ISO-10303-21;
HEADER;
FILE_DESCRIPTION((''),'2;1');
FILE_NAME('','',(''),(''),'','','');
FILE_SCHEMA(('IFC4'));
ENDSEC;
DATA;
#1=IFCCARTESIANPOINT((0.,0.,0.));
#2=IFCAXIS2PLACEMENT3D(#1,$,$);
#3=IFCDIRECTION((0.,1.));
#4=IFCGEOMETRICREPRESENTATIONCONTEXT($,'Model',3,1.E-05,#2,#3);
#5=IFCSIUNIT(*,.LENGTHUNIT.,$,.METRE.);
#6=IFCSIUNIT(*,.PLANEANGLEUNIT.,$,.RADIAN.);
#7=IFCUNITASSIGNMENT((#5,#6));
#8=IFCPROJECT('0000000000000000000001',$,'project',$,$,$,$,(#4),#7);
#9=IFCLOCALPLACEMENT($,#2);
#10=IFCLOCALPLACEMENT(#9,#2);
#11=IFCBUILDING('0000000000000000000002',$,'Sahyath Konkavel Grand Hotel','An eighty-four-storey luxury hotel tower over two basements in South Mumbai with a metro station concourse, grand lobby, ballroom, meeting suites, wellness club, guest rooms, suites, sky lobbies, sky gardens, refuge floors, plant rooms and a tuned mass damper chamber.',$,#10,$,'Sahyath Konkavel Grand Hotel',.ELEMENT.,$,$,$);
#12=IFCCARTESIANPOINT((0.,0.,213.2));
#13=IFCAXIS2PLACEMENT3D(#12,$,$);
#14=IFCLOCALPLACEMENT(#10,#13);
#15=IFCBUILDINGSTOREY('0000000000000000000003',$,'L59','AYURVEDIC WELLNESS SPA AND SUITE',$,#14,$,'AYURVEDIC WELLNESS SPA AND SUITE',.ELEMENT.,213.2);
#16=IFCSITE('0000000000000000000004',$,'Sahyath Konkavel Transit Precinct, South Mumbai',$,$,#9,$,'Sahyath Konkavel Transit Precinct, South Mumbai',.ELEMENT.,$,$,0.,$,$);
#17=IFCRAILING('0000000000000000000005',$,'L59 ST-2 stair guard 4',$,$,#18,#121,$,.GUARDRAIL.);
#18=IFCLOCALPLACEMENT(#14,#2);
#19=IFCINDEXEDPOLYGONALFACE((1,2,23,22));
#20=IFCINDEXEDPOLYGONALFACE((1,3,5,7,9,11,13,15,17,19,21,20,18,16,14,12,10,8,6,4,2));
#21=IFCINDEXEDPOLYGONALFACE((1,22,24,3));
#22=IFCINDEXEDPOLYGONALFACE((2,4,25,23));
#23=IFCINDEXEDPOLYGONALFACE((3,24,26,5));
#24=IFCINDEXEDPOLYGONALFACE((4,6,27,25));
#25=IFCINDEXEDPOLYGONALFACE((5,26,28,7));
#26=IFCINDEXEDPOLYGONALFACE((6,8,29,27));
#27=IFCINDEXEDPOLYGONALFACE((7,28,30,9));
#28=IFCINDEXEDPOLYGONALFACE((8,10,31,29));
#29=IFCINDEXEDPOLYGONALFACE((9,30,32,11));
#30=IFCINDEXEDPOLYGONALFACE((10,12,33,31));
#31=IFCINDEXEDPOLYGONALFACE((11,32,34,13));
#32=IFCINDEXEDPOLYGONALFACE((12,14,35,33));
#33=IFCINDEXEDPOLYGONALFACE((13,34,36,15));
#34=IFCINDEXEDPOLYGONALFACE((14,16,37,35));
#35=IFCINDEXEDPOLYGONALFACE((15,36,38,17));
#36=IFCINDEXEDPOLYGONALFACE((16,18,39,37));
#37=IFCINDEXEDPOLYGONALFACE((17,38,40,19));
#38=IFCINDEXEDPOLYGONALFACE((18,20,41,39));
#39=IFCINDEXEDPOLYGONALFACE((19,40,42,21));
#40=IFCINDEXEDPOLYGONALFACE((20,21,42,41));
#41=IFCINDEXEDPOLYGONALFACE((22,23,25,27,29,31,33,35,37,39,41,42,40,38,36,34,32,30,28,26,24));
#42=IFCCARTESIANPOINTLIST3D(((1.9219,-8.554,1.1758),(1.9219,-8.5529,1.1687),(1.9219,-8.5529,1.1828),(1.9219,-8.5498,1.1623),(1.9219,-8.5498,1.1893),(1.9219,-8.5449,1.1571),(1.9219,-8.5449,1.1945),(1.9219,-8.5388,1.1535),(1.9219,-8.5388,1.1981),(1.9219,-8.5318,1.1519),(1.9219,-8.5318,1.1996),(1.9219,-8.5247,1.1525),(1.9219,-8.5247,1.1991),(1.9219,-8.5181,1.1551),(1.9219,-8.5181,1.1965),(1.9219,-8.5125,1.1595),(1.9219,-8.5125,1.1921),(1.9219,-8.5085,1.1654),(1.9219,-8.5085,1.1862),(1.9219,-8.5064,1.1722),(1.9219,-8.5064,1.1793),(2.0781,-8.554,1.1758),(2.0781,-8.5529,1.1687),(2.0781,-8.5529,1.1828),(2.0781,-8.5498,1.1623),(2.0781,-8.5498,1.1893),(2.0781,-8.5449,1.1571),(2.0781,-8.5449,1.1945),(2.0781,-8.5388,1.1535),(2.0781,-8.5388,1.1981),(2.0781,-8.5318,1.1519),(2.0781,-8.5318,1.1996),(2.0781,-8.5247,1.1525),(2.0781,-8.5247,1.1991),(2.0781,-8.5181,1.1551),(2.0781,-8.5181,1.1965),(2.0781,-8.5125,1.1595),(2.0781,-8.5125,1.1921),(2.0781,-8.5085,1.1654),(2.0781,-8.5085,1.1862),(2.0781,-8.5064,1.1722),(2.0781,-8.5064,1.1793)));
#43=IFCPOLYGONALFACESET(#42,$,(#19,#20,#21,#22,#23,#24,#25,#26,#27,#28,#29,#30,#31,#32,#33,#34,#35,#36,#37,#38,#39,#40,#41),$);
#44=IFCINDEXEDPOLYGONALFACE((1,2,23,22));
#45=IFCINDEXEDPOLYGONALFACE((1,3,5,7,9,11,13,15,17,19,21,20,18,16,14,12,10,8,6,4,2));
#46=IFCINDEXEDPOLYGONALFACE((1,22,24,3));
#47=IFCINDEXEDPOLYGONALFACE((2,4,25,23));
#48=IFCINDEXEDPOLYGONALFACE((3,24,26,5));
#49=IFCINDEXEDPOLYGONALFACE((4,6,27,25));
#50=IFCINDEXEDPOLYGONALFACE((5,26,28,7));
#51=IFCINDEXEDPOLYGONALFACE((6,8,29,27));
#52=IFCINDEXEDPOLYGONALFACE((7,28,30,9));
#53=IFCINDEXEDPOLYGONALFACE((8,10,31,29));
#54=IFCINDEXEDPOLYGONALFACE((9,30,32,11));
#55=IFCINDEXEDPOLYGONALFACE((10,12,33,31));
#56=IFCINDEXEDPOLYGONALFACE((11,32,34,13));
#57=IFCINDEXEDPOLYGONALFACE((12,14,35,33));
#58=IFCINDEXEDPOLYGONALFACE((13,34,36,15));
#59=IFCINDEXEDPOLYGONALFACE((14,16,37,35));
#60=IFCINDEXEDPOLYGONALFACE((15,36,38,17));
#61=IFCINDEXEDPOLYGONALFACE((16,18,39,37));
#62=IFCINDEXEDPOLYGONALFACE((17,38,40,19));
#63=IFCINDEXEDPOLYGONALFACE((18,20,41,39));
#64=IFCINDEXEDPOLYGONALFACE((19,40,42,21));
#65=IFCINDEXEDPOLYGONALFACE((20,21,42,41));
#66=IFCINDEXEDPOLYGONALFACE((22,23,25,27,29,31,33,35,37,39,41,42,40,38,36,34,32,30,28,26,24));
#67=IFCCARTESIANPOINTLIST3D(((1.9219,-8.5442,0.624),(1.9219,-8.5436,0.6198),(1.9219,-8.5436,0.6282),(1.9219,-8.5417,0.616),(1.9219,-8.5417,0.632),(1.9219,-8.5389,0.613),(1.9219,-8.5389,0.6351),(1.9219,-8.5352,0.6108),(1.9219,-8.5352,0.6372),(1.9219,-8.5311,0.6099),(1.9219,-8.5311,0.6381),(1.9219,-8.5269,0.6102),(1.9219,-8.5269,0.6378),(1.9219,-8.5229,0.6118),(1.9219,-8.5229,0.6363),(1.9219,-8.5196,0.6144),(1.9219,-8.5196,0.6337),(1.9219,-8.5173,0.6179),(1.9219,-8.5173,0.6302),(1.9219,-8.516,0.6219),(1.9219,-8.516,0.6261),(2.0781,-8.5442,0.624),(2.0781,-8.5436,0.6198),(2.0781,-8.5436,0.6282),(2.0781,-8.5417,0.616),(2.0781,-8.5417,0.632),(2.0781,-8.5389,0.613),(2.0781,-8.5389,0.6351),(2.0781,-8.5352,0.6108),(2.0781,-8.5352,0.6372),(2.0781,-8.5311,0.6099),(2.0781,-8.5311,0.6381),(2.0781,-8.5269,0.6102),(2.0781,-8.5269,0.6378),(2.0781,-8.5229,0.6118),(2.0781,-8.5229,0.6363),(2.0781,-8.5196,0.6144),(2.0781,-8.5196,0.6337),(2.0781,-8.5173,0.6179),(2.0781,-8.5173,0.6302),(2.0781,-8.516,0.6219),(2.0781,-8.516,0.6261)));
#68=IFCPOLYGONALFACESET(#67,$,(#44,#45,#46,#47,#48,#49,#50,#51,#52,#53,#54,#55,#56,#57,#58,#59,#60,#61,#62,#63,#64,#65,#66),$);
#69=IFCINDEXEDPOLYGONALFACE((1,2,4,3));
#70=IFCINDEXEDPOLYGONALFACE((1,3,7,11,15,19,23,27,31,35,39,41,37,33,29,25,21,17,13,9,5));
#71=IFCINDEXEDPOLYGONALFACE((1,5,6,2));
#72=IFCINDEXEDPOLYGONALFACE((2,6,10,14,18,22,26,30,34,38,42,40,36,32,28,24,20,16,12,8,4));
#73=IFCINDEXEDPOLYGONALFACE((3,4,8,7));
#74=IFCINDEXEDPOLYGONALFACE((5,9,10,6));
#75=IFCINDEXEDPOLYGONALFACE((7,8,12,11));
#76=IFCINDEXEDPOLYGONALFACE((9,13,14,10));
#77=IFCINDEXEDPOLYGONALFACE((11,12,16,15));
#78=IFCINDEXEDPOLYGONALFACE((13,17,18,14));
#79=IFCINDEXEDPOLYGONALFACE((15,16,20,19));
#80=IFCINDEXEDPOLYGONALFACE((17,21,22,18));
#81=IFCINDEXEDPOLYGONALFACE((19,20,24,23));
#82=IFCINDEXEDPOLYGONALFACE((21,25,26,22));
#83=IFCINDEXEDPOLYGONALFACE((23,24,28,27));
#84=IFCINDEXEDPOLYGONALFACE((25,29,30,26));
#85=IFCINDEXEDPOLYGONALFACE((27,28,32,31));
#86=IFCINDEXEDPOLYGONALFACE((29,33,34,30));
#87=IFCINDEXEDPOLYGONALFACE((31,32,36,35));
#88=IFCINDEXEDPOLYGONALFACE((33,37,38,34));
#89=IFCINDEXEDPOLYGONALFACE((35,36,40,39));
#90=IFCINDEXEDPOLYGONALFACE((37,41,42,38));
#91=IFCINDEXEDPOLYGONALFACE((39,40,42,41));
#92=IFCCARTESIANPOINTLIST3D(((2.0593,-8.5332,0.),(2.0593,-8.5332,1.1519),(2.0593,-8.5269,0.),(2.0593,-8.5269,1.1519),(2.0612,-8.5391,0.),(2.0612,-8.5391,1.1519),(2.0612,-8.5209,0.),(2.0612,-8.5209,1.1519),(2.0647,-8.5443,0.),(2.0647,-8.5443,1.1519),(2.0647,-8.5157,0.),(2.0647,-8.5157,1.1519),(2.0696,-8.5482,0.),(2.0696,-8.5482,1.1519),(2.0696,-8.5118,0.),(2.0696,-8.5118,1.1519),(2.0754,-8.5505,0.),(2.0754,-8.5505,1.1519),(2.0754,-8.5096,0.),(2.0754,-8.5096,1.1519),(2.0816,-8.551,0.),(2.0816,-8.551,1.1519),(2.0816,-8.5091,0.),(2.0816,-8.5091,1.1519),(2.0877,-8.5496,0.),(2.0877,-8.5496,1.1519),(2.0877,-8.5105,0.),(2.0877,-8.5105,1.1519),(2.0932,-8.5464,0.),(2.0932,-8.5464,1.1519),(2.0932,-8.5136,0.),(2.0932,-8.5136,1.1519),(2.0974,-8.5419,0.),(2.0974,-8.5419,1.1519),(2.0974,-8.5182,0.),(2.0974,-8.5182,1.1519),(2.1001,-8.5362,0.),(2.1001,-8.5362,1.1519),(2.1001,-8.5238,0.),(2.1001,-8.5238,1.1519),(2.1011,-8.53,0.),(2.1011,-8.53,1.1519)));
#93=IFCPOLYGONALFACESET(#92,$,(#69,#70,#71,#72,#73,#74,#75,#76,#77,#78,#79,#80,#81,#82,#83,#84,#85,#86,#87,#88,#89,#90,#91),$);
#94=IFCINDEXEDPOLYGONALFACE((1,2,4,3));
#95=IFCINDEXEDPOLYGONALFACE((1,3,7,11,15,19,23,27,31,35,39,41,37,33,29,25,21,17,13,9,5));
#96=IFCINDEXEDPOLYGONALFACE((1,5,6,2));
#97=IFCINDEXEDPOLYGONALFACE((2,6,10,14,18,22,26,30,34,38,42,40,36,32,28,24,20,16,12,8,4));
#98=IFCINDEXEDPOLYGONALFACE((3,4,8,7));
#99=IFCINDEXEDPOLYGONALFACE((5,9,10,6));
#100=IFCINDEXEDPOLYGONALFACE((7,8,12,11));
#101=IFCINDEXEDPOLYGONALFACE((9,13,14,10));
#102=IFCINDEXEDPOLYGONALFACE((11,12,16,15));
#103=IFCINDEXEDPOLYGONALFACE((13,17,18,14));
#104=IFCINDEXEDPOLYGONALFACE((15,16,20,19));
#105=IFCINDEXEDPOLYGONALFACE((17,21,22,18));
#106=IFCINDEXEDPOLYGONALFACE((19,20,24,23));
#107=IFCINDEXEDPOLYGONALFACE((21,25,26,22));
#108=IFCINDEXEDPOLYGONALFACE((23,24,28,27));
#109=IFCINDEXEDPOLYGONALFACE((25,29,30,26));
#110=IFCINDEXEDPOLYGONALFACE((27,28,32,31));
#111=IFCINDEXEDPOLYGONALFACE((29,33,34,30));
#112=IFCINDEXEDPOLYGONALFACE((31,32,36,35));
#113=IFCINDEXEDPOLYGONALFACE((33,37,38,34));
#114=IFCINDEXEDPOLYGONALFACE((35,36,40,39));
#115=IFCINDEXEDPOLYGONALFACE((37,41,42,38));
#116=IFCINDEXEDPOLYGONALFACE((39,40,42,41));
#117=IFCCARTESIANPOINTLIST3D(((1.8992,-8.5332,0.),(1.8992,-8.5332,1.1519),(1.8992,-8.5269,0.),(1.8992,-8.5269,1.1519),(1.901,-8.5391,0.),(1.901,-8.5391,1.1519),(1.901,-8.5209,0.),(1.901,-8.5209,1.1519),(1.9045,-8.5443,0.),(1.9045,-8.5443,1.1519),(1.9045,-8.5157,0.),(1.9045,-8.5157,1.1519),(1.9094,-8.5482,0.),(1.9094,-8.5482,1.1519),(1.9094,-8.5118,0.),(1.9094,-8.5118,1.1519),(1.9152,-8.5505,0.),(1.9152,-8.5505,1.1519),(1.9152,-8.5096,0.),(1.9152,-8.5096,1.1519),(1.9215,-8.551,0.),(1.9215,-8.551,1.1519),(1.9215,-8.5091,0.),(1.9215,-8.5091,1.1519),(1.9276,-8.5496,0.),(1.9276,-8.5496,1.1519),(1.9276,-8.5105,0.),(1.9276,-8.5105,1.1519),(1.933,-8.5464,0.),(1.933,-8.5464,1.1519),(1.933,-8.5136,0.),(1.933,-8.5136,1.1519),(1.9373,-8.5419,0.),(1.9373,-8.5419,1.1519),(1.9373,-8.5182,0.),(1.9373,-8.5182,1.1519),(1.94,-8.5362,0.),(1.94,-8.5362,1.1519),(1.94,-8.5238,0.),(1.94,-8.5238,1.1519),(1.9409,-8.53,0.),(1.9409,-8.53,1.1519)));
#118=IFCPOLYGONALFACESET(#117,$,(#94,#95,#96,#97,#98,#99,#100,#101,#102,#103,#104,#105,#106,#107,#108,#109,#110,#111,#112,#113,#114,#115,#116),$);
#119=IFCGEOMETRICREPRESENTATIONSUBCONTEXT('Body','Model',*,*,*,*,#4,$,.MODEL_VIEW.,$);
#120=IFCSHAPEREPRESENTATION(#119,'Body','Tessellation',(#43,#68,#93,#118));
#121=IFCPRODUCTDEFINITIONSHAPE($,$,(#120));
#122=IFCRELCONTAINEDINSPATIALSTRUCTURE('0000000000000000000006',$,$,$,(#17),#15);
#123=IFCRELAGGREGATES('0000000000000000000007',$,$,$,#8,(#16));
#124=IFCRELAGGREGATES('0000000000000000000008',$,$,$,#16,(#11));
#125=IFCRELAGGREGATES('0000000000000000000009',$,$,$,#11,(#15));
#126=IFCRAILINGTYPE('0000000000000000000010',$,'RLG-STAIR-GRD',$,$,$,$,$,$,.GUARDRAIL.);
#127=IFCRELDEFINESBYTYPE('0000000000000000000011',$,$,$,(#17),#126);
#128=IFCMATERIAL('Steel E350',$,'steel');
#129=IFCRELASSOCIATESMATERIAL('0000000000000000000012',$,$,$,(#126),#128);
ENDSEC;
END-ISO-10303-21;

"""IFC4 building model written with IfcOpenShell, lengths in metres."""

from ifc_helpers import new_model, si_unit, direction, frame, origin, origin_2d, place, context, subcontext, project, spatial, circle, extrude, material, type_object, element, save


model = new_model("IFC4")

# Units and contexts
model_context = context("Model", 3, precision=1e-05, world=origin(), true_north=direction((0.0, 1.0)))
body_context = subcontext(model_context, "Body", "Model", "MODEL_VIEW")
ifc_project = project(units=[si_unit("LENGTHUNIT", "METRE"), si_unit("PLANEANGLEUNIT", "RADIAN")], contexts=[model_context])

# Site, building, storey
site_placement = place(None, origin())
site = spatial("IfcSite", under=ifc_project, at=site_placement, Name="Sahyath Konkavel Transit Precinct, South Mumbai", LongName="Sahyath Konkavel Transit Precinct, South Mumbai", CompositionType="ELEMENT", RefElevation=0.0)
building_placement = place(site_placement, origin())
building = spatial("IfcBuilding", under=site, at=building_placement, Name="Sahyath Konkavel Grand Hotel", Description="An eighty-four-storey luxury hotel tower over two basements in South Mumbai with a metro station concourse, grand lobby, ballroom, meeting suites, wellness club, guest rooms, suites, sky lobbies, sky gardens, refuge floors, plant rooms and a tuned mass damper chamber.", LongName="Sahyath Konkavel Grand Hotel", CompositionType="ELEMENT")
storey_placement = place(building_placement, frame((0.0, 0.0, 213.2)))
storey = spatial("IfcBuildingStorey", under=building, at=storey_placement, Name="L59", Description="AYURVEDIC WELLNESS SPA AND SUITE", LongName="AYURVEDIC WELLNESS SPA AND SUITE", CompositionType="ELEMENT", Elevation=213.2)

# Shared definitions
ifc_material_1 = material(Name="Steel E350", Category="steel")

# Railing
railing_type_1 = type_object("IfcRailingType", Name="RLG-STAIR-GRD", PredefinedType="GUARDRAIL", material=ifc_material_1)
railing_1_placement = place(storey_placement, frame((2.0801, -8.53, 0.0)))
element("IfcRailing", 1, at=railing_1_placement, inside=storey, type_object=railing_type_1, Name="L59 ST-2 stair guard 4", PredefinedType="GUARDRAIL", context=body_context, shape_type="SweptSolid", body=[
    extrude(circle(Radius=0.0239, at=origin_2d()), frame((-0.002, 0.0, 1.1758), z_axis=(-1.0, 0.0, 0.0), x_axis=(0.0, -1.0, 0.0)), (0.0, 0.0, 1.0), 0.1562),
    extrude(circle(Radius=0.0142, at=origin_2d()), frame((-0.002, 0.0, 0.624), z_axis=(-1.0, 0.0, 0.0), x_axis=(0.0, -1.0, 0.0)), (0.0, 0.0, 1.0), 0.1562),
    extrude(circle(Radius=0.021, at=origin_2d()), origin(), (0.0, 0.0, 1.0), 1.1519),
    extrude(circle(Radius=0.021, at=origin_2d()), frame((-0.1602, 0.0, 0.0)), (0.0, 0.0, 1.0), 1.1519),
])

save(model, "model.ifc")
